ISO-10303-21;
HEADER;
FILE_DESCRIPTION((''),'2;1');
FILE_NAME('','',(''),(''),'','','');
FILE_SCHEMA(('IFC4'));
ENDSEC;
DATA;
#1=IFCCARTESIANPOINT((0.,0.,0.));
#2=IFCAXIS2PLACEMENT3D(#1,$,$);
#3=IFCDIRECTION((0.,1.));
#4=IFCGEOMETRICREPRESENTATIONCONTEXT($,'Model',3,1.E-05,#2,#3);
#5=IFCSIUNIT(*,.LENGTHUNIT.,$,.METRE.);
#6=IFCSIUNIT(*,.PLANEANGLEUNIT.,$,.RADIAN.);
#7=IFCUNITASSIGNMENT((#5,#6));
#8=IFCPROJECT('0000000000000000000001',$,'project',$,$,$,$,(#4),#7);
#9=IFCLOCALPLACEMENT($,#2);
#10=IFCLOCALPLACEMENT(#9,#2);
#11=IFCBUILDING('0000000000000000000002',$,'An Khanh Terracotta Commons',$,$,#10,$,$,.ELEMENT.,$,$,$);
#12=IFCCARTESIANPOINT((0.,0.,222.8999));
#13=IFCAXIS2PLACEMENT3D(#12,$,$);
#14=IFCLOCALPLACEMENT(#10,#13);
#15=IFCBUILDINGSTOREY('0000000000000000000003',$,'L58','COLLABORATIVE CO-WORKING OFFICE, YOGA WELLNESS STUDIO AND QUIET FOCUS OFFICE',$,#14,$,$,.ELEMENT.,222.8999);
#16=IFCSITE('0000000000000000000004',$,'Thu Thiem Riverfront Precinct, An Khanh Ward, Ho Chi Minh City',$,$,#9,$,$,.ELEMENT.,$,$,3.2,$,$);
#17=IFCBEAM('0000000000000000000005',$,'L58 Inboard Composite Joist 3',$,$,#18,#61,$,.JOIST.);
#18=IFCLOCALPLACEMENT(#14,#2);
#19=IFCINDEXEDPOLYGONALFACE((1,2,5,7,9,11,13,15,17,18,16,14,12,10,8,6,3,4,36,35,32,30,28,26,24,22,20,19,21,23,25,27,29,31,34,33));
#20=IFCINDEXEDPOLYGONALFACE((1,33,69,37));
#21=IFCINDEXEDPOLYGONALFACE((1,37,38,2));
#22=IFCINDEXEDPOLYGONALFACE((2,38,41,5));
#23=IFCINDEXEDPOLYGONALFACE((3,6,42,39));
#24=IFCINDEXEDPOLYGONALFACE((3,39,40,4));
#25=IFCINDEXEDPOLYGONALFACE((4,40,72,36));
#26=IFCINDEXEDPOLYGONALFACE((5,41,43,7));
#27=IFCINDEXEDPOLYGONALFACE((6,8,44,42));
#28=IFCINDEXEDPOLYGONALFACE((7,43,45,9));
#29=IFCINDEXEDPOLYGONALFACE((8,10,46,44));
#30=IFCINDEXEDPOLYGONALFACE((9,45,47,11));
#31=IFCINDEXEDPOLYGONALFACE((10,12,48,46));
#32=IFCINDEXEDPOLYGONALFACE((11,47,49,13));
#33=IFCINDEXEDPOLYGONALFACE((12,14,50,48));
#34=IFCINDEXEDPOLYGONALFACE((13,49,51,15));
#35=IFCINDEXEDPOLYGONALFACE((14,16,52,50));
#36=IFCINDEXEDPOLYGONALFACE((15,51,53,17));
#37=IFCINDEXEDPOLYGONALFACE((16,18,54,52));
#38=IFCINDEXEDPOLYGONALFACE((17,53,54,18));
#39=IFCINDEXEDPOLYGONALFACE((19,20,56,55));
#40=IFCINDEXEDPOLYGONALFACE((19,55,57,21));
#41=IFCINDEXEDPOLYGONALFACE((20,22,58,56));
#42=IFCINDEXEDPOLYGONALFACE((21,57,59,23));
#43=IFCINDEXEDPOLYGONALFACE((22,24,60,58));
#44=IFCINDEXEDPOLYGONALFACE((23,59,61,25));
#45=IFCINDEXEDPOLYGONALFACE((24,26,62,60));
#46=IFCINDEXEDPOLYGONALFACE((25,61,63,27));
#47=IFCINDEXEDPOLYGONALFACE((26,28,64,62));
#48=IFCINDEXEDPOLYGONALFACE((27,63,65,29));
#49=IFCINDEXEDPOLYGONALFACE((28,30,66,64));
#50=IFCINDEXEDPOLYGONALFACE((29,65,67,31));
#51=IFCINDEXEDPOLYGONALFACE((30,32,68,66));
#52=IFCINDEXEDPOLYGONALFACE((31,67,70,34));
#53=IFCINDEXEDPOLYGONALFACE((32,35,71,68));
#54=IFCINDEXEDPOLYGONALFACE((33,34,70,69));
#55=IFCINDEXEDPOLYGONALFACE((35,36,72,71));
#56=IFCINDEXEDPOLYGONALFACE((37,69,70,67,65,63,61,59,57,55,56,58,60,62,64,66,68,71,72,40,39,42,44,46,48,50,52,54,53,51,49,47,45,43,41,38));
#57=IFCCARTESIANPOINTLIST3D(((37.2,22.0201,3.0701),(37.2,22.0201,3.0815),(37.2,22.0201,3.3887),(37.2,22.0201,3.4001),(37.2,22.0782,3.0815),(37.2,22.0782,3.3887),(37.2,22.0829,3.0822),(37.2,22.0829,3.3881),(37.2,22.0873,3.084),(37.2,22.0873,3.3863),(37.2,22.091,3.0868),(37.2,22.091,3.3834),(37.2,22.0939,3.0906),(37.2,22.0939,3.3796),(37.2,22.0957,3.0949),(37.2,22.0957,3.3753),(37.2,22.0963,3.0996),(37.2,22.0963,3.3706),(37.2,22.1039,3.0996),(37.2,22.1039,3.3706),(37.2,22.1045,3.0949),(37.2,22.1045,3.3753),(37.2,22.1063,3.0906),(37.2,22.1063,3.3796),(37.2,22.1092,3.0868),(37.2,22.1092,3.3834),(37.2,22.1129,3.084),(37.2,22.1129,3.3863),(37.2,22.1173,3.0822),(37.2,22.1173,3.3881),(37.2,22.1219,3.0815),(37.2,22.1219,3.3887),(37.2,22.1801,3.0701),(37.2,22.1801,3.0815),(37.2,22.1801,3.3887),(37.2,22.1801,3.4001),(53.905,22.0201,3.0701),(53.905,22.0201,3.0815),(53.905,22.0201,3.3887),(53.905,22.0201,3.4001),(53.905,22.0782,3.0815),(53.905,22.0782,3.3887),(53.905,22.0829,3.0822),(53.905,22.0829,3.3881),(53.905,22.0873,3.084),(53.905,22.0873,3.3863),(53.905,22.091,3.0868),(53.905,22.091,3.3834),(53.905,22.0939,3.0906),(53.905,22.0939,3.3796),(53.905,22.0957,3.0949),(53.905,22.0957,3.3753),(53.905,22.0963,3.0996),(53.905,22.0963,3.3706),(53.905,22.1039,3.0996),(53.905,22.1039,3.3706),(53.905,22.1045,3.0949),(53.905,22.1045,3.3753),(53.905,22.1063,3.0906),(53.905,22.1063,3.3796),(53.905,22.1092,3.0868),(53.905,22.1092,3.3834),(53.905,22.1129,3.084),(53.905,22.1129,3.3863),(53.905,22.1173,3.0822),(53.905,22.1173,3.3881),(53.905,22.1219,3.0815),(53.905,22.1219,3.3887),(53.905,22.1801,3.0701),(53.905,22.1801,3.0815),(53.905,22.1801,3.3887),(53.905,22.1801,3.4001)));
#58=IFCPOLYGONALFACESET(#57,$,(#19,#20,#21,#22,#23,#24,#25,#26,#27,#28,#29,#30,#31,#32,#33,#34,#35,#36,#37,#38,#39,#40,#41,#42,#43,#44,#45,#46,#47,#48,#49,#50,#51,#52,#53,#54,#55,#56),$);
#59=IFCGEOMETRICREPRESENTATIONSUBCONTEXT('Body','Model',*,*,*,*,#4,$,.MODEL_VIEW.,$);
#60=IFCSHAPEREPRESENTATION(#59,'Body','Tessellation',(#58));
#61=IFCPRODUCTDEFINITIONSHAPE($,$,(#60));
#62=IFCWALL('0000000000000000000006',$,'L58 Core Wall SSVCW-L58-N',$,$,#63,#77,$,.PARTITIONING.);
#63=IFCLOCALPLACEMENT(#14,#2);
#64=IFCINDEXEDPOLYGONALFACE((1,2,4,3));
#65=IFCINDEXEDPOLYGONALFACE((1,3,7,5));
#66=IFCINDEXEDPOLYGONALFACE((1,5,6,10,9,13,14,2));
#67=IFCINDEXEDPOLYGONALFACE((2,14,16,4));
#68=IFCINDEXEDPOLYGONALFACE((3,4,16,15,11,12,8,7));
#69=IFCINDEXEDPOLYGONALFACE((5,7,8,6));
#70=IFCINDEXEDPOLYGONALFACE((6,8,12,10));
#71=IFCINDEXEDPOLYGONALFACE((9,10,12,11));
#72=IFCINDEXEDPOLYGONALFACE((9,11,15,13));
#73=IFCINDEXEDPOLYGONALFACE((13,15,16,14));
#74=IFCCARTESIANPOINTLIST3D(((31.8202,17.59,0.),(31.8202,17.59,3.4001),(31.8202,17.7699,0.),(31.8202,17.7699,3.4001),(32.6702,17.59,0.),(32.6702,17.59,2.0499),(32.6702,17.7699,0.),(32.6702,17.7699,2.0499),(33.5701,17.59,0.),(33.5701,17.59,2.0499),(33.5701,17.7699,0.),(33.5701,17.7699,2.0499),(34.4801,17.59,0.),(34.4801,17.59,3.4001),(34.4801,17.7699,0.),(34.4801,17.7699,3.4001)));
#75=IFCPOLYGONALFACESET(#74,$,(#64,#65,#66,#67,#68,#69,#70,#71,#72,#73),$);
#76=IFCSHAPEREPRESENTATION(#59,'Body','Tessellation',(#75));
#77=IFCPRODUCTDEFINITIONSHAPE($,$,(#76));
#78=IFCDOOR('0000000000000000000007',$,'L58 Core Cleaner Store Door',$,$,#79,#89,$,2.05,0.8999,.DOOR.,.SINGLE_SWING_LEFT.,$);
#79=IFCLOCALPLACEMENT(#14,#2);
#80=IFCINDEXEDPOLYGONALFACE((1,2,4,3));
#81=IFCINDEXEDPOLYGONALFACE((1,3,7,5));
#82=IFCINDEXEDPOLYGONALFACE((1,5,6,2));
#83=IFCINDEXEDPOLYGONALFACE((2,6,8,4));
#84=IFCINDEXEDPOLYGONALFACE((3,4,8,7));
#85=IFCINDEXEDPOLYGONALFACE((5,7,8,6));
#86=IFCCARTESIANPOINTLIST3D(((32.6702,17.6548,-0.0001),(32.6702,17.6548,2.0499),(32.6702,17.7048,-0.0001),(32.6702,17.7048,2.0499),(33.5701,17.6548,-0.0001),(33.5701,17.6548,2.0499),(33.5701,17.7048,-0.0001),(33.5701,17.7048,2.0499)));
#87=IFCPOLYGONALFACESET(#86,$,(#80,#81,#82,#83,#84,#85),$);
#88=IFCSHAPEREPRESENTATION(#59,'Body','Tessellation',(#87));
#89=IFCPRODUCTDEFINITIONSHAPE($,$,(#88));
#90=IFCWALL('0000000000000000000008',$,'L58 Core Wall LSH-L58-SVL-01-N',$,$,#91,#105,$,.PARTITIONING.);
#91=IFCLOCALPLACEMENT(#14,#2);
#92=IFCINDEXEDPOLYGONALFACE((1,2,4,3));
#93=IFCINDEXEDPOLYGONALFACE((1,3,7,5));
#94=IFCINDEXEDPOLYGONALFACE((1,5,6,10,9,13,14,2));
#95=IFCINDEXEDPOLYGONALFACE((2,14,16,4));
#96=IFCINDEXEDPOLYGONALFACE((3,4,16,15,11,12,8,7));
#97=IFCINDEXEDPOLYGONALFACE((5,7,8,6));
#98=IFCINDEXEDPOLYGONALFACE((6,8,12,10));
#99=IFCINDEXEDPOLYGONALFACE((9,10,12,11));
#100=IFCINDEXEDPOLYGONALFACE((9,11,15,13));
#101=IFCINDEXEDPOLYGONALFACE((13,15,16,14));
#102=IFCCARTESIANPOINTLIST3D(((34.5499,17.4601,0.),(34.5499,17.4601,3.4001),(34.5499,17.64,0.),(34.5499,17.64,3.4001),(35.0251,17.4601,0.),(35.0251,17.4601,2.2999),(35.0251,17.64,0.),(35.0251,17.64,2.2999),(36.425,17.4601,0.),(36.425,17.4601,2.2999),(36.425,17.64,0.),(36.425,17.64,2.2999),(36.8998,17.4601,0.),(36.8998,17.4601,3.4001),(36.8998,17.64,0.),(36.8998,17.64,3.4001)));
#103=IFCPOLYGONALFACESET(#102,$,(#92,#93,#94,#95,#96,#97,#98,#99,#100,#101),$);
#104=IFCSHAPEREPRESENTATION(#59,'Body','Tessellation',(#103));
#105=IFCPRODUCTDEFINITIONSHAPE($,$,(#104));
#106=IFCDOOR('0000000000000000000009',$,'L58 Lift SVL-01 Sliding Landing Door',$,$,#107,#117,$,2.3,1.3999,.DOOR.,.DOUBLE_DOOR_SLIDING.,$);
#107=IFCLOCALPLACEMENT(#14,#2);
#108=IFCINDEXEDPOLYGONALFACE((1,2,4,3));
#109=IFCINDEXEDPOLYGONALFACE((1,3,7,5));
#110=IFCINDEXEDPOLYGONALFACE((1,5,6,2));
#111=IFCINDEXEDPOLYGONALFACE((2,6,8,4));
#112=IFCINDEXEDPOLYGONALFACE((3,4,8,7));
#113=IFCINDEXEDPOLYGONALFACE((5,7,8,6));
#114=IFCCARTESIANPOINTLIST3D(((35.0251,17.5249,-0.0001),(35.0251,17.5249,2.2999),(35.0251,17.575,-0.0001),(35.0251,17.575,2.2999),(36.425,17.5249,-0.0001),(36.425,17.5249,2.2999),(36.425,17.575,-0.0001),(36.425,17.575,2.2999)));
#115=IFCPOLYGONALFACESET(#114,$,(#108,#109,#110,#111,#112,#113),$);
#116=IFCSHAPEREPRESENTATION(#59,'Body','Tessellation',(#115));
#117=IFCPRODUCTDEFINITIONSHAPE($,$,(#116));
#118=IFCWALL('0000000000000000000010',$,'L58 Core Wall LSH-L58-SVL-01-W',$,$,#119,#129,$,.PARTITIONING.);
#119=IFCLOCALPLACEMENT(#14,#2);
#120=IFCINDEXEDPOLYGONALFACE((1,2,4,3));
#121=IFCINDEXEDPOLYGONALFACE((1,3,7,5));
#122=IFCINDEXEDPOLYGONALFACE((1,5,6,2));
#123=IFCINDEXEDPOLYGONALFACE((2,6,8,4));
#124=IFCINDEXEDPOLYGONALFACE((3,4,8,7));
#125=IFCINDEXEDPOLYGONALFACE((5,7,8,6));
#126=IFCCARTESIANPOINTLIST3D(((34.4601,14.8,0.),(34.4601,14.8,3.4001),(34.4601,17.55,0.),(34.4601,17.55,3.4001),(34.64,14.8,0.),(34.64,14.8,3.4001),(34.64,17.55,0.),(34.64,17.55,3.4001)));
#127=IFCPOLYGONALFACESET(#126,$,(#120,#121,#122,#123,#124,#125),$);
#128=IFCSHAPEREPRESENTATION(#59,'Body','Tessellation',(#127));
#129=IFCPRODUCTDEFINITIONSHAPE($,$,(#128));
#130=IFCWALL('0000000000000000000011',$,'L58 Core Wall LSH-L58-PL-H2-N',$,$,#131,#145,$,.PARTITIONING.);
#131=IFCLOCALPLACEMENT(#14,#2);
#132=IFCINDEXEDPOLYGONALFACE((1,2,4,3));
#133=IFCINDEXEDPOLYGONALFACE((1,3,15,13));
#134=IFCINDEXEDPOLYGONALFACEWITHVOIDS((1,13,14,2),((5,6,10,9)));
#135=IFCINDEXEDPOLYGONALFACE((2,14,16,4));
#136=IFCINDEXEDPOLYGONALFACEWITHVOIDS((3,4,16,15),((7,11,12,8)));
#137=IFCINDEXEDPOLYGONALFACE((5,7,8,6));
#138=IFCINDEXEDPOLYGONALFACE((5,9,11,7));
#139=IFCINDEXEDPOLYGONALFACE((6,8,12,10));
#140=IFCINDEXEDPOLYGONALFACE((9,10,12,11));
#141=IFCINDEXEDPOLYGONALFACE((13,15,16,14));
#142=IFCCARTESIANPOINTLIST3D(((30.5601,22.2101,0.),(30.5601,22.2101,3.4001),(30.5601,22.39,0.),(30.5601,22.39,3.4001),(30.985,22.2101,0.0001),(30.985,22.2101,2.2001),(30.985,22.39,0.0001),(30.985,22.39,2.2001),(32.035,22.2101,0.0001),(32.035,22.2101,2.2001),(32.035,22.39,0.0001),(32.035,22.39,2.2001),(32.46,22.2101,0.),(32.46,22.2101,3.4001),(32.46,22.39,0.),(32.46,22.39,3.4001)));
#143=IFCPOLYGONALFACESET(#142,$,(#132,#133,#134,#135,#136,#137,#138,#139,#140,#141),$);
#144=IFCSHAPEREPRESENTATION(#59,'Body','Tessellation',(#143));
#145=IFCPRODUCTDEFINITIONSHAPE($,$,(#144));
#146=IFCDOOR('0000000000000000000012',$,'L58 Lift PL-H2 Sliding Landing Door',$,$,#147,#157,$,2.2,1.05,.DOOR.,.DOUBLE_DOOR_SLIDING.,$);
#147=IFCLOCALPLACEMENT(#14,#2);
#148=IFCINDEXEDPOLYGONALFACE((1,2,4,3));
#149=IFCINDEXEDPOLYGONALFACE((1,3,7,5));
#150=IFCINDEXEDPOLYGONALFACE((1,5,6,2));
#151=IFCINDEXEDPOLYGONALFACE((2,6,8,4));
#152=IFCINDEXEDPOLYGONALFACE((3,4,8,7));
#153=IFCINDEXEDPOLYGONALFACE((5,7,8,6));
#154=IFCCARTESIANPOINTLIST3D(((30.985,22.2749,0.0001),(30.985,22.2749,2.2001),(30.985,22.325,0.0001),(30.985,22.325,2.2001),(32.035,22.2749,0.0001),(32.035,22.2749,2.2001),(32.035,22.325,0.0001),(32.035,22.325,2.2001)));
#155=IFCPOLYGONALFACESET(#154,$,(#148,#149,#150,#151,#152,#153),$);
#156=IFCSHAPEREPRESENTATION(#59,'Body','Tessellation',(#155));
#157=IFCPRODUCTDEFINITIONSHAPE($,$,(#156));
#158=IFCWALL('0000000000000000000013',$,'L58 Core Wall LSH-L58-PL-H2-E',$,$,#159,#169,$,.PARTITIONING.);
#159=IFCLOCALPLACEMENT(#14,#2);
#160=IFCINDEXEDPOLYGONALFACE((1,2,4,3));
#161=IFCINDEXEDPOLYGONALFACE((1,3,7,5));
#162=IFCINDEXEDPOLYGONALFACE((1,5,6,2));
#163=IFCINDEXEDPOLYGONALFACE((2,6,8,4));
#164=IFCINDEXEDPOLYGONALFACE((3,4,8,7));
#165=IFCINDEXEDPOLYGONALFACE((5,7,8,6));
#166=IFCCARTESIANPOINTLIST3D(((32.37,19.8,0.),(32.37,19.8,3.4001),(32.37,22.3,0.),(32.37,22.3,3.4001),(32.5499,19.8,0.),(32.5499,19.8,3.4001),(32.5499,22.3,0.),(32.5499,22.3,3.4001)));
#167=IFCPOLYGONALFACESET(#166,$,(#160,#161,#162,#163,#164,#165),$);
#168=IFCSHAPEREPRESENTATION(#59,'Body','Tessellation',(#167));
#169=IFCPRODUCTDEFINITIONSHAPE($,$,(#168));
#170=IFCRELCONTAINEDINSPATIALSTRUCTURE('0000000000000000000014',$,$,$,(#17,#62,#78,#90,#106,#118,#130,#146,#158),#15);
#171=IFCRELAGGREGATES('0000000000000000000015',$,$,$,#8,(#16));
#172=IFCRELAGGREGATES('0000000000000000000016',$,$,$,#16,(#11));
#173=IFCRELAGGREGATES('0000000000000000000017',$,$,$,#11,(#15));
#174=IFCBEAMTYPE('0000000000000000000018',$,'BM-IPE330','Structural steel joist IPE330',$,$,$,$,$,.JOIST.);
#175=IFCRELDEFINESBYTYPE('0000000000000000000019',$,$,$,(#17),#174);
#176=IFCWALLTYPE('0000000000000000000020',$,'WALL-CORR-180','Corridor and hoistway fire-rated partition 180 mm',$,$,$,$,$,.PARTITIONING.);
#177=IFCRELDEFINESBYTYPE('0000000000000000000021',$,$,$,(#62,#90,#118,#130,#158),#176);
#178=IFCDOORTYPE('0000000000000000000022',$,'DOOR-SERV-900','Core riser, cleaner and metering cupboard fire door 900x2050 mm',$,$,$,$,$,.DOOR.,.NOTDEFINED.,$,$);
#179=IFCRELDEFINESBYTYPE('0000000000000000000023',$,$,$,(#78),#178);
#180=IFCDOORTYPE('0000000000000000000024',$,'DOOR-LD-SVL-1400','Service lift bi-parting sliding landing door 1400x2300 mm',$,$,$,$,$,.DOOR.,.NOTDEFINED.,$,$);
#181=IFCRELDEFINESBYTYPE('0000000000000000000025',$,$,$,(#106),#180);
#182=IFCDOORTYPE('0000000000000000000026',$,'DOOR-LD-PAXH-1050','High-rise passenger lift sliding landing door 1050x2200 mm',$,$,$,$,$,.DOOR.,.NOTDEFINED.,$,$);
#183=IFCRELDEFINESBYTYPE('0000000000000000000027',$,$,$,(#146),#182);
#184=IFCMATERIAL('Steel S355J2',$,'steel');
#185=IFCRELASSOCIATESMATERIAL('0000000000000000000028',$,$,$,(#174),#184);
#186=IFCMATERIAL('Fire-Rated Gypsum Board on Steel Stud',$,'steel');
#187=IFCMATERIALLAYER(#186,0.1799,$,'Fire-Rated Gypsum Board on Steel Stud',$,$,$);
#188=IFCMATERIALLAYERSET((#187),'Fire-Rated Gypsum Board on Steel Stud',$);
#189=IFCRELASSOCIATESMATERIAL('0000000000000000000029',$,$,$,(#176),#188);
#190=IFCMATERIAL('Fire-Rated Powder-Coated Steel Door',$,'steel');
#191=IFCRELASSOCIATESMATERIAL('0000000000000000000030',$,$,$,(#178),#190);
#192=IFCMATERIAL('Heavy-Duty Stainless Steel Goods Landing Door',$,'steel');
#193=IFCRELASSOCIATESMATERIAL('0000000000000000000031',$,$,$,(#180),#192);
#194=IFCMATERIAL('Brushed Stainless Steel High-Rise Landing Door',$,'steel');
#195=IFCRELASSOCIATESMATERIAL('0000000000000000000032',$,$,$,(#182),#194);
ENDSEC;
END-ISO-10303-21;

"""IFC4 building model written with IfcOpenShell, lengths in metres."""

from ifc_helpers import new_model, si_unit, direction, frame, frame_2d, origin, origin_2d, place, context, subcontext, project, spatial, rectangle, i_section, extrude, material, layer, layer_set, material_profile, profile_set, type_object, element, fill, save


model = new_model("IFC4")

# Units and contexts
model_context = context("Model", 3, precision=1e-05, world=origin(), true_north=direction((0.0, 1.0)))
body_context = subcontext(model_context, "Body", "Model", "MODEL_VIEW")
ifc_project = project(units=[si_unit("LENGTHUNIT", "METRE"), si_unit("PLANEANGLEUNIT", "RADIAN")], contexts=[model_context])

# Site, building, storey
site_placement = place(None, origin())
site = spatial("IfcSite", under=ifc_project, at=site_placement, Name="Thu Thiem Riverfront Precinct, An Khanh Ward, Ho Chi Minh City", CompositionType="ELEMENT", RefElevation=3.2)
building_placement = place(site_placement, origin())
building = spatial("IfcBuilding", under=site, at=building_placement, Name="An Khanh Terracotta Commons", CompositionType="ELEMENT")
storey_placement = place(building_placement, frame((0.0, 0.0, 222.8999)))
storey = spatial("IfcBuildingStorey", under=building, at=storey_placement, Name="L58", Description="COLLABORATIVE CO-WORKING OFFICE, YOGA WELLNESS STUDIO AND QUIET FOCUS OFFICE", CompositionType="ELEMENT", Elevation=222.8999)

# Beam
ifc_material_1 = material(Name="Steel S355J2", Category="steel")
ifc_material_profile_1 = material_profile(ifc_material_1, i_section(OverallWidth=0.1599, OverallDepth=0.3301, WebThickness=0.0076, FlangeThickness=0.0115, FilletRadius=0.0181, at=origin_2d()), Name="IPE330")
ifc_profile_set_1 = profile_set([ifc_material_profile_1], Name="Steel S355J2")
beam_type_1 = type_object("IfcBeamType", Name="BM-IPE330", Description="Structural steel joist IPE330", PredefinedType="JOIST", material=ifc_profile_set_1)
for number, where, z_axis, x_axis, name in (
    (1, (37.2, 22.1001, 3.2351), (1.0, 0.0, 0.0), (0.0, 1.0, 0.0), "L58 Inboard Composite Joist 3"),
):
    element("IfcBeam", number, at=place(storey_placement, frame(where, z_axis=z_axis, x_axis=x_axis)), inside=storey, type_object=beam_type_1, Name=name, PredefinedType="JOIST", context=body_context, shape_type="SweptSolid", body=[
        extrude(i_section(OverallWidth=0.1599, OverallDepth=0.3301, WebThickness=0.0076, FlangeThickness=0.0115, FilletRadius=0.0181, at=origin_2d()), origin(), (0.0, 0.0, 1.0), 16.7051),
    ])

# Walls, openings, doors
ifc_material_2 = material(Name="Fire-Rated Gypsum Board on Steel Stud", Category="steel")
ifc_layer = layer(ifc_material_2, 0.1799, Name="Fire-Rated Gypsum Board on Steel Stud")
ifc_layer_set = layer_set([ifc_layer], Name="Fire-Rated Gypsum Board on Steel Stud")
wall_type = type_object("IfcWallType", Name="WALL-CORR-180", Description="Corridor and hoistway fire-rated partition 180 mm", PredefinedType="PARTITIONING", material=ifc_layer_set)
wall_1_placement = place(storey_placement, frame((31.8201, 17.6799, 0.0), z_axis=(0.0, 0.0, 1.0), x_axis=(1.0, 0.0, 0.0)))
wall_1 = element("IfcWall", 2, at=wall_1_placement, inside=storey, type_object=wall_type, Name="L58 Core Wall SSVCW-L58-N", PredefinedType="PARTITIONING", context=body_context, shape_type="SweptSolid", body=[
    extrude(rectangle(XDim=2.6599, YDim=0.1799, at=frame_2d((1.3301, 0.0))), origin(), (0.0, 0.0, 1.0), 3.4001),
])
opening_1_placement = place(wall_1_placement, frame((0.8501, 0.0, 0.0)))
opening_1 = element("IfcOpeningElement", 3, at=opening_1_placement, cuts=wall_1, PredefinedType="OPENING", context=body_context, shape_type="SweptSolid", body=[
    extrude(rectangle(XDim=0.8999, YDim=2.05, at=frame_2d((0.45, 1.0249))), frame((0.0, 0.0999, 0.0), z_axis=(0.0, -1.0, 0.0), x_axis=(1.0, 0.0, 0.0)), (0.0, 0.0, 1.0), 0.2),
])
ifc_material_3 = material(Name="Fire-Rated Powder-Coated Steel Door", Category="steel")
door_type_1 = type_object("IfcDoorType", Name="DOOR-SERV-900", Description="Core riser, cleaner and metering cupboard fire door 900x2050 mm", OperationType="NOTDEFINED", PredefinedType="DOOR", material=ifc_material_3)
door_1_placement = place(opening_1_placement, origin())
door_1 = element("IfcDoor", 4, at=door_1_placement, inside=storey, type_object=door_type_1, Name="L58 Core Cleaner Store Door", OperationType="SINGLE_SWING_LEFT", OverallHeight=2.05, OverallWidth=0.8999, PredefinedType="DOOR", context=body_context, shape_type="SweptSolid", body=[
    extrude(rectangle(XDim=0.8999, YDim=2.05, at=frame_2d((0.45, 1.0249))), frame((0.0, 0.0249, 0.0), z_axis=(0.0, -1.0, 0.0), x_axis=(1.0, 0.0, 0.0)), (0.0, 0.0, 1.0), 0.05),
])
fill(opening_1, door_1)
wall_2_placement = place(storey_placement, frame((34.55, 17.55, 0.0), z_axis=(0.0, 0.0, 1.0), x_axis=(1.0, 0.0, 0.0)))
wall_2 = element("IfcWall", 5, at=wall_2_placement, inside=storey, type_object=wall_type, Name="L58 Core Wall LSH-L58-SVL-01-N", PredefinedType="PARTITIONING", context=body_context, shape_type="SweptSolid", body=[
    extrude(rectangle(XDim=2.3499, YDim=0.1799, at=frame_2d((1.1748, 0.0))), origin(), (0.0, 0.0, 1.0), 3.4001),
])
opening_2_placement = place(wall_2_placement, frame((0.4751, 0.0, 0.0)))
opening_2 = element("IfcOpeningElement", 6, at=opening_2_placement, cuts=wall_2, PredefinedType="OPENING", context=body_context, shape_type="SweptSolid", body=[
    extrude(rectangle(XDim=1.3999, YDim=2.3, at=frame_2d((0.7, 1.1499))), frame((0.0, 0.0999, 0.0), z_axis=(0.0, -1.0, 0.0), x_axis=(1.0, 0.0, 0.0)), (0.0, 0.0, 1.0), 0.2),
])
ifc_material_4 = material(Name="Heavy-Duty Stainless Steel Goods Landing Door", Category="steel")
door_type_2 = type_object("IfcDoorType", Name="DOOR-LD-SVL-1400", Description="Service lift bi-parting sliding landing door 1400x2300 mm", OperationType="NOTDEFINED", PredefinedType="DOOR", material=ifc_material_4)
door_2_placement = place(opening_2_placement, origin())
door_2 = element("IfcDoor", 7, at=door_2_placement, inside=storey, type_object=door_type_2, Name="L58 Lift SVL-01 Sliding Landing Door", OperationType="DOUBLE_DOOR_SLIDING", OverallHeight=2.3, OverallWidth=1.3999, PredefinedType="DOOR", context=body_context, shape_type="SweptSolid", body=[
    extrude(rectangle(XDim=1.3999, YDim=2.3, at=frame_2d((0.7, 1.1499))), frame((0.0, 0.0249, 0.0), z_axis=(0.0, -1.0, 0.0), x_axis=(1.0, 0.0, 0.0)), (0.0, 0.0, 1.0), 0.05),
])
fill(opening_2, door_2)

# Wall
wall_3_placement = place(storey_placement, frame((34.55, 17.55, 0.0), z_axis=(0.0, 0.0, 1.0), x_axis=(0.0, -1.0, 0.0)))
element("IfcWall", 8, at=wall_3_placement, inside=storey, type_object=wall_type, Name="L58 Core Wall LSH-L58-SVL-01-W", PredefinedType="PARTITIONING", context=body_context, shape_type="SweptSolid", body=[
    extrude(rectangle(XDim=2.75, YDim=0.1799, at=frame_2d((1.375, 0.0))), origin(), (0.0, 0.0, 1.0), 3.4001),
])

# Wall, opening, door
wall_4_placement = place(storey_placement, frame((30.5601, 22.3, 0.0), z_axis=(0.0, 0.0, 1.0), x_axis=(1.0, 0.0, 0.0)))
wall_4 = element("IfcWall", 9, at=wall_4_placement, inside=storey, type_object=wall_type, Name="L58 Core Wall LSH-L58-PL-H2-N", PredefinedType="PARTITIONING", context=body_context, shape_type="SweptSolid", body=[
    extrude(rectangle(XDim=1.8999, YDim=0.1799, at=frame_2d((0.95, 0.0))), origin(), (0.0, 0.0, 1.0), 3.4001),
])
opening_3_placement = place(wall_4_placement, frame((0.425, 0.0, 0.0)))
opening_3 = element("IfcOpeningElement", 10, at=opening_3_placement, cuts=wall_4, PredefinedType="OPENING", context=body_context, shape_type="SweptSolid", body=[
    extrude(rectangle(XDim=1.05, YDim=2.2, at=frame_2d((0.5249, 1.1001))), frame((0.0, 0.0999, 0.0), z_axis=(0.0, -1.0, 0.0), x_axis=(1.0, 0.0, 0.0)), (0.0, 0.0, 1.0), 0.2),
])
ifc_material_5 = material(Name="Brushed Stainless Steel High-Rise Landing Door", Category="steel")
door_type_3 = type_object("IfcDoorType", Name="DOOR-LD-PAXH-1050", Description="High-rise passenger lift sliding landing door 1050x2200 mm", OperationType="NOTDEFINED", PredefinedType="DOOR", material=ifc_material_5)
door_3_placement = place(opening_3_placement, origin())
door_3 = element("IfcDoor", 11, at=door_3_placement, inside=storey, type_object=door_type_3, Name="L58 Lift PL-H2 Sliding Landing Door", OperationType="DOUBLE_DOOR_SLIDING", OverallHeight=2.2, OverallWidth=1.05, PredefinedType="DOOR", context=body_context, shape_type="SweptSolid", body=[
    extrude(rectangle(XDim=1.05, YDim=2.2, at=frame_2d((0.5249, 1.1001))), frame((0.0, 0.0249, 0.0), z_axis=(0.0, -1.0, 0.0), x_axis=(1.0, 0.0, 0.0)), (0.0, 0.0, 1.0), 0.05),
])
fill(opening_3, door_3)

# Wall
wall_5_placement = place(storey_placement, frame((32.46, 19.8, 0.0), z_axis=(0.0, 0.0, 1.0), x_axis=(0.0, 1.0, 0.0)))
element("IfcWall", 12, at=wall_5_placement, inside=storey, type_object=wall_type, Name="L58 Core Wall LSH-L58-PL-H2-E", PredefinedType="PARTITIONING", context=body_context, shape_type="SweptSolid", body=[
    extrude(rectangle(XDim=2.5, YDim=0.1799, at=frame_2d((1.25, 0.0))), origin(), (0.0, 0.0, 1.0), 3.4001),
])

save(model, "model.ifc")
